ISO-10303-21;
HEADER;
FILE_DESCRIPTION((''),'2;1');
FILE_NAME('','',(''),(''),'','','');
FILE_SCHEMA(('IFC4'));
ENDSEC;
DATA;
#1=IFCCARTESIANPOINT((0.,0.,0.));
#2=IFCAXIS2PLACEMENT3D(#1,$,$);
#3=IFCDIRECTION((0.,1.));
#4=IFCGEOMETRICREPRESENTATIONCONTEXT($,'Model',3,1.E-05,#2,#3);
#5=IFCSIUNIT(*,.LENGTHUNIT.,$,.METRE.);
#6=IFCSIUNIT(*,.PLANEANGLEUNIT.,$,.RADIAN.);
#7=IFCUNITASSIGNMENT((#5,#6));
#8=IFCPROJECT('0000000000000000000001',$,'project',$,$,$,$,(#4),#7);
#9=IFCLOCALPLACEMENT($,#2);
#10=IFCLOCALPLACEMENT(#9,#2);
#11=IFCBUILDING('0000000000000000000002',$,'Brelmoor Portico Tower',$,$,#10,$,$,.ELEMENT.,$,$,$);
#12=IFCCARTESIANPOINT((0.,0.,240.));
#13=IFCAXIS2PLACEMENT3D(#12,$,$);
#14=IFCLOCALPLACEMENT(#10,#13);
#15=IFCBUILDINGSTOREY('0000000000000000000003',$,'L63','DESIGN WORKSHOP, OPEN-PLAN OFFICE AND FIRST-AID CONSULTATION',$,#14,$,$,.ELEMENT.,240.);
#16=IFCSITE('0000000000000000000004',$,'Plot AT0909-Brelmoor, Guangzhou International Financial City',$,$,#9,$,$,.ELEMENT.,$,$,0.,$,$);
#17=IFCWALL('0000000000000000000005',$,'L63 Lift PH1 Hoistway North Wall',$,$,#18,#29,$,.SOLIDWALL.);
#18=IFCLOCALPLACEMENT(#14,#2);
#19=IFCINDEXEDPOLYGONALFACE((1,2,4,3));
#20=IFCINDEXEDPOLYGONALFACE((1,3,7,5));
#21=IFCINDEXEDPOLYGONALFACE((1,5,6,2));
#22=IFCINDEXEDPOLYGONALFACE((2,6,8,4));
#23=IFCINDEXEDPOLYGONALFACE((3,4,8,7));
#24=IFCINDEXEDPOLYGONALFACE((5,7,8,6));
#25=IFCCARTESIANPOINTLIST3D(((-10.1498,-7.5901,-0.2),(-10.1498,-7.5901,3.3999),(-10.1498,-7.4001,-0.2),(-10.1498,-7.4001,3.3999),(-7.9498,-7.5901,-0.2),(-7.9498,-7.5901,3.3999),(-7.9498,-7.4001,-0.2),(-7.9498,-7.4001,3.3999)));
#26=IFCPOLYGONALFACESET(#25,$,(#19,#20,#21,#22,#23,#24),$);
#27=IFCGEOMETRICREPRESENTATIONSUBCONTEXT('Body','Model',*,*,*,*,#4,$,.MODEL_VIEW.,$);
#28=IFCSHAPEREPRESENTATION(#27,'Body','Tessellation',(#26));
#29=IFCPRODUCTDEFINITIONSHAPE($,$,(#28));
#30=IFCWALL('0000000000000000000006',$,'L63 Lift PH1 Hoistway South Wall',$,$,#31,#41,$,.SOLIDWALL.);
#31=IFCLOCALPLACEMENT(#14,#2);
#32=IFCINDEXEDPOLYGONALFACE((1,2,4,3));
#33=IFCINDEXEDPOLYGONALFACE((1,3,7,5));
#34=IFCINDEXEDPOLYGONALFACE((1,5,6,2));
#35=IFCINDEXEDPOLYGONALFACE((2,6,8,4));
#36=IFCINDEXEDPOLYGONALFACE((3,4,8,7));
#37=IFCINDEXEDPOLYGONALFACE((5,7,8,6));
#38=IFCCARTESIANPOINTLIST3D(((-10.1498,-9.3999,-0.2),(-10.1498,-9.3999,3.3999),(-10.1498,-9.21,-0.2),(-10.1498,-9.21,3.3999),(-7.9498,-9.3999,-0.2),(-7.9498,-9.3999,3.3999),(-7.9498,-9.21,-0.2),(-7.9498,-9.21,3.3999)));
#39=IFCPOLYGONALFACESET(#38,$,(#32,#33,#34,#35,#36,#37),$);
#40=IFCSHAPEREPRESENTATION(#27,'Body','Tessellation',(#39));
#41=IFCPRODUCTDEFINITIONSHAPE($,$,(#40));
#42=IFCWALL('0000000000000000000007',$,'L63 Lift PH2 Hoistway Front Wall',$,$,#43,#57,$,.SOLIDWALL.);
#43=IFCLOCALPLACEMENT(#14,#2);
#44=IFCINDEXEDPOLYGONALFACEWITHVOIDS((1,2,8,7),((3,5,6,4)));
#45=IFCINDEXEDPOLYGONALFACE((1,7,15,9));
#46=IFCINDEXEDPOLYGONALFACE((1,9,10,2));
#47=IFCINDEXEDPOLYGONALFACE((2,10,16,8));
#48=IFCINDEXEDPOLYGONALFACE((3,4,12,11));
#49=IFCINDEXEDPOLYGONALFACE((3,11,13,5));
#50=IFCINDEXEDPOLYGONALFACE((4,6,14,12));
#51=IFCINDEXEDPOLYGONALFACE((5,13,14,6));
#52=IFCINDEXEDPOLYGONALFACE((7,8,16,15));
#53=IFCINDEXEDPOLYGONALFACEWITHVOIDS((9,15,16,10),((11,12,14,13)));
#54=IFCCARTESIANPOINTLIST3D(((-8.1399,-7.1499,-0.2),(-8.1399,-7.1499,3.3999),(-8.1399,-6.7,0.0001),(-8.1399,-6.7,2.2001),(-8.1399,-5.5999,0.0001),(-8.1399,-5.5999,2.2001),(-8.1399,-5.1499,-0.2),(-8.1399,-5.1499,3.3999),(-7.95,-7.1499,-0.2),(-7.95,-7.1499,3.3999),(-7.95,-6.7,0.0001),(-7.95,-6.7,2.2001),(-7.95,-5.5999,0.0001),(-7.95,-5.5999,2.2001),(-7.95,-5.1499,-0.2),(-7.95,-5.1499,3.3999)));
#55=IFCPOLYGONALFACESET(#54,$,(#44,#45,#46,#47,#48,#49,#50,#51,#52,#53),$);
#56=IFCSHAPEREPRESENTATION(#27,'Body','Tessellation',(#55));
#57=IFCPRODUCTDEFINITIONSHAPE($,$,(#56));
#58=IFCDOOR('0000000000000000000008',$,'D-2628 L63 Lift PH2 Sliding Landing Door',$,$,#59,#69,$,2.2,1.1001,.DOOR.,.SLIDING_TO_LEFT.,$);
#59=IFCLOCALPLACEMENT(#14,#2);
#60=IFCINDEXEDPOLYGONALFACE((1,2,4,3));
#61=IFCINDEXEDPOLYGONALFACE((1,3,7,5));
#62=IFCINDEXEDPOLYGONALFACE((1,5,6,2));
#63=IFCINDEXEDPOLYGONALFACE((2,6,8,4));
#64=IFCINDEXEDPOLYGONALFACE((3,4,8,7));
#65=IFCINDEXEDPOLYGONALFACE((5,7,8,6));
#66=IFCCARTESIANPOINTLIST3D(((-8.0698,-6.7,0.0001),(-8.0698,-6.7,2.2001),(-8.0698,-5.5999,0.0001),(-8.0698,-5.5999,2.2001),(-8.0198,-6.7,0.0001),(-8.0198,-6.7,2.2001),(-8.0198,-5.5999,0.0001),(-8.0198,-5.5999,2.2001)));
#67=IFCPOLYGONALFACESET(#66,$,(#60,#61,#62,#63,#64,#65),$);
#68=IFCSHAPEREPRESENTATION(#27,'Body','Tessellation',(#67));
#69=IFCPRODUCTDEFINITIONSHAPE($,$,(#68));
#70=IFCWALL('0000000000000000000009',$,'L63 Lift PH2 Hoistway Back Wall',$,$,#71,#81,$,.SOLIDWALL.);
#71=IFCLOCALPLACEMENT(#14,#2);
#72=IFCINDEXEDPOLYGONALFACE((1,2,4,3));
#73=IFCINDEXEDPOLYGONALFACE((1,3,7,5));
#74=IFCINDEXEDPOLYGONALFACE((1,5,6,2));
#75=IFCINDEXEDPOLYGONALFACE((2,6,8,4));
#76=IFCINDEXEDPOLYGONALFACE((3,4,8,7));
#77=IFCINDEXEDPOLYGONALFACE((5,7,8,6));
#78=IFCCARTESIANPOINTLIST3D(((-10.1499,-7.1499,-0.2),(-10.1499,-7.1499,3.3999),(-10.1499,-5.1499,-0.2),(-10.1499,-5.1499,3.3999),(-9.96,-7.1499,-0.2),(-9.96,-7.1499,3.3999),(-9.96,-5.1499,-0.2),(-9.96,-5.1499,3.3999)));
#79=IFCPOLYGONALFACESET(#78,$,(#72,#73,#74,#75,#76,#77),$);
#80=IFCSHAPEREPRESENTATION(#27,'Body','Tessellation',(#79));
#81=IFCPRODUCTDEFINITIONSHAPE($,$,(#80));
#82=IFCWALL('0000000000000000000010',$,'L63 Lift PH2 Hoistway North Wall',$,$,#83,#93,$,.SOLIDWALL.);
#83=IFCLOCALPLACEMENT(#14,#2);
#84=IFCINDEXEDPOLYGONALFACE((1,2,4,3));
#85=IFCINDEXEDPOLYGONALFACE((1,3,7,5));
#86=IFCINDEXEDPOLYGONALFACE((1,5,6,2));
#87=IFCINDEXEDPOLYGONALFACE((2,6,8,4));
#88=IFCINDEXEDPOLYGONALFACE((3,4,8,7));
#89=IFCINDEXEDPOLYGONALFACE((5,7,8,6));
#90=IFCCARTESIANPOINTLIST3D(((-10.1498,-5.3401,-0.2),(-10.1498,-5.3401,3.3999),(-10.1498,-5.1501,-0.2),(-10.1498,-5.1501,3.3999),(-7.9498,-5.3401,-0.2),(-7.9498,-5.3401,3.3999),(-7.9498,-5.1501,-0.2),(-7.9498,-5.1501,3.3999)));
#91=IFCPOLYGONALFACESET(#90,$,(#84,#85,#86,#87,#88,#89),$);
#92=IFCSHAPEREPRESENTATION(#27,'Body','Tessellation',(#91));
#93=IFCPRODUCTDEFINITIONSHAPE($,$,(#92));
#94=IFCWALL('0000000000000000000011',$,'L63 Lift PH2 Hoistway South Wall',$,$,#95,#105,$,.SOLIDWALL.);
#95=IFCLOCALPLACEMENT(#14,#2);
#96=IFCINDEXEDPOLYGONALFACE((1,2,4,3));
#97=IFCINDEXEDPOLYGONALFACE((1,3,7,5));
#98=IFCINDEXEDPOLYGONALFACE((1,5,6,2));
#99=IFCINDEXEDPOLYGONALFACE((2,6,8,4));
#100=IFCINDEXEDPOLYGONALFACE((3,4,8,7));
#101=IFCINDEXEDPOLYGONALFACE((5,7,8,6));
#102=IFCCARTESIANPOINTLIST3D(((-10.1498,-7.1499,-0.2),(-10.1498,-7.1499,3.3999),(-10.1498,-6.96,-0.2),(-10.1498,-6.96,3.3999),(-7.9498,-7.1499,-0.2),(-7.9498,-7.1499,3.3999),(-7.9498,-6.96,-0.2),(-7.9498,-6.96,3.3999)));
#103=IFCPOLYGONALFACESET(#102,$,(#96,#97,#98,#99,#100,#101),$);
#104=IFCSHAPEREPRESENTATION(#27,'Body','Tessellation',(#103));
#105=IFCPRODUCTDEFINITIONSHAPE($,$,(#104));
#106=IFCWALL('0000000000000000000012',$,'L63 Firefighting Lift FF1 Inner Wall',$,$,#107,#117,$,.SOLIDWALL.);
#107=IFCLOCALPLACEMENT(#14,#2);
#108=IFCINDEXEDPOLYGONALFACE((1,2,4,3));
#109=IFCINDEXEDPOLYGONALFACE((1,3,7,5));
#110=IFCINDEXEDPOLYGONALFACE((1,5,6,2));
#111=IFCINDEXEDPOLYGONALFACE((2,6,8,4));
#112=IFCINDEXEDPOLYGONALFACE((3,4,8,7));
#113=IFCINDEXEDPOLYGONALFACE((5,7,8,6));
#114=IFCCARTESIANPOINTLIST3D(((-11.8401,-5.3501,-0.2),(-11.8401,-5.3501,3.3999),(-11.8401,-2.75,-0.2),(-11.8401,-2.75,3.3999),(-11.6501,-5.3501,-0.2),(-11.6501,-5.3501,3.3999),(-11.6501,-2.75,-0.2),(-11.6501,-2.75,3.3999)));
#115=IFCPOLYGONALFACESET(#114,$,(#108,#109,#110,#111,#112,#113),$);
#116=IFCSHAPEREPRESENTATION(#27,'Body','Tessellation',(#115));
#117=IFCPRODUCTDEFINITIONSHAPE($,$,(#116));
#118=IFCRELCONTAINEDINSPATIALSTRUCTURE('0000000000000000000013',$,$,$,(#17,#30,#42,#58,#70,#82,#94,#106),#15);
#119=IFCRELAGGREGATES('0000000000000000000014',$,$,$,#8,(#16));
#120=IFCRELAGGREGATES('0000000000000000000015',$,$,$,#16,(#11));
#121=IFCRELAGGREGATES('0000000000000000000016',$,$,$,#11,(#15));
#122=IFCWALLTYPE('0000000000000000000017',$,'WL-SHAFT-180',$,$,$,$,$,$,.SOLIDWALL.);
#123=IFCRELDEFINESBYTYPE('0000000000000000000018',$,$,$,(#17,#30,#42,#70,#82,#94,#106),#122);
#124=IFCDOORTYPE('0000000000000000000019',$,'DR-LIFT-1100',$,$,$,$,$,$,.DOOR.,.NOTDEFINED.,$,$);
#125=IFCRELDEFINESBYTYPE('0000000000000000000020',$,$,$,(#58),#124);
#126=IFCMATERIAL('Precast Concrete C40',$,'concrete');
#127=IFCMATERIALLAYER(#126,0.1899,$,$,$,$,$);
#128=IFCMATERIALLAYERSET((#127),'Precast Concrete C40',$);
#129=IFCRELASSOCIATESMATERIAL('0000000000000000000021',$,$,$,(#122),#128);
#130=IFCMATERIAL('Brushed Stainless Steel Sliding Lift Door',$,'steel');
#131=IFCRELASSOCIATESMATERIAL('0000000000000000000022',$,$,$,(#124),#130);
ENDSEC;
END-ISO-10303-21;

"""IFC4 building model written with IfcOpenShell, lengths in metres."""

from ifc_helpers import new_model, si_unit, direction, frame, frame_2d, origin, place, context, subcontext, project, spatial, rectangle, extrude, material, layer, layer_set, type_object, element, fill, save


model = new_model("IFC4")

# Units and contexts
model_context = context("Model", 3, precision=1e-05, world=origin(), true_north=direction((0.0, 1.0)))
body_context = subcontext(model_context, "Body", "Model", "MODEL_VIEW")
ifc_project = project(units=[si_unit("LENGTHUNIT", "METRE"), si_unit("PLANEANGLEUNIT", "RADIAN")], contexts=[model_context])

# Site, building, storey
site_placement = place(None, origin())
site = spatial("IfcSite", under=ifc_project, at=site_placement, Name="Plot AT0909-Brelmoor, Guangzhou International Financial City", CompositionType="ELEMENT", RefElevation=0.0)
building_placement = place(site_placement, origin())
building = spatial("IfcBuilding", under=site, at=building_placement, Name="Brelmoor Portico Tower", CompositionType="ELEMENT")
storey_placement = place(building_placement, frame((0.0, 0.0, 240.0)))
storey = spatial("IfcBuildingStorey", under=building, at=storey_placement, Name="L63", Description="DESIGN WORKSHOP, OPEN-PLAN OFFICE AND FIRST-AID CONSULTATION", CompositionType="ELEMENT", Elevation=240.0)

# Walls
ifc_material_1 = material(Name="Precast Concrete C40", Category="concrete")
ifc_layer_1 = layer(ifc_material_1, 0.1899)
ifc_layer_set_1 = layer_set([ifc_layer_1], Name="Precast Concrete C40")
wall_type_1 = type_object("IfcWallType", Name="WL-SHAFT-180", PredefinedType="SOLIDWALL", material=ifc_layer_set_1)
for number, where, z_axis, x_axis, name in (
    (1, (-10.1499, -7.4951, -0.2), (0.0, 0.0, 1.0), (1.0, 0.0, 0.0), "L63 Lift PH1 Hoistway North Wall"),
    (2, (-10.1499, -9.3049, -0.2), (0.0, 0.0, 1.0), (1.0, 0.0, 0.0), "L63 Lift PH1 Hoistway South Wall"),
):
    element("IfcWall", number, at=place(storey_placement, frame(where, z_axis=z_axis, x_axis=x_axis)), inside=storey, type_object=wall_type_1, Name=name, PredefinedType="SOLIDWALL", context=body_context, shape_type="SweptSolid", body=[
        extrude(rectangle(XDim=2.2, YDim=0.1899, at=frame_2d((1.1001, 0.0))), origin(), (0.0, 0.0, 1.0), 3.5999),
    ])

# Wall, opening, door
wall_1_placement = place(storey_placement, frame((-8.0449, -7.1499, -0.2), z_axis=(0.0, 0.0, 1.0), x_axis=(0.0, 1.0, 0.0)))
wall_1 = element("IfcWall", 3, at=wall_1_placement, inside=storey, type_object=wall_type_1, Name="L63 Lift PH2 Hoistway Front Wall", PredefinedType="SOLIDWALL", context=body_context, shape_type="SweptSolid", body=[
    extrude(rectangle(XDim=2.0, YDim=0.1899, at=frame_2d((1.0, 0.0))), origin(), (0.0, 0.0, 1.0), 3.5999),
])
opening_1_placement = place(wall_1_placement, frame((0.45, 0.0, 0.2)))
opening_1 = element("IfcOpeningElement", 4, at=opening_1_placement, cuts=wall_1, PredefinedType="OPENING", context=body_context, shape_type="SweptSolid", body=[
    extrude(rectangle(XDim=1.1001, YDim=2.2, at=frame_2d((0.55, 1.1001))), frame((0.0, 0.105, 0.0), z_axis=(0.0, -1.0, 0.0), x_axis=(1.0, 0.0, 0.0)), (0.0, 0.0, 1.0), 0.21),
])
ifc_material_2 = material(Name="Brushed Stainless Steel Sliding Lift Door", Category="steel")
door_type_1 = type_object("IfcDoorType", Name="DR-LIFT-1100", OperationType="NOTDEFINED", PredefinedType="DOOR", material=ifc_material_2)
door_1_placement = place(opening_1_placement, origin())
door_1 = element("IfcDoor", 5, at=door_1_placement, inside=storey, type_object=door_type_1, Name="D-2628 L63 Lift PH2 Sliding Landing Door", OperationType="SLIDING_TO_LEFT", OverallHeight=2.2, OverallWidth=1.1001, PredefinedType="DOOR", context=body_context, shape_type="SweptSolid", body=[
    extrude(rectangle(XDim=1.1001, YDim=2.2, at=frame_2d((0.55, 1.1001))), frame((0.0, 0.0249, 0.0), z_axis=(0.0, -1.0, 0.0), x_axis=(1.0, 0.0, 0.0)), (0.0, 0.0, 1.0), 0.05),
])
fill(opening_1, door_1)

# Walls
wall_2_placement = place(storey_placement, frame((-10.0549, -7.1499, -0.2), z_axis=(0.0, 0.0, 1.0), x_axis=(0.0, 1.0, 0.0)))
element("IfcWall", 6, at=wall_2_placement, inside=storey, type_object=wall_type_1, Name="L63 Lift PH2 Hoistway Back Wall", PredefinedType="SOLIDWALL", context=body_context, shape_type="SweptSolid", body=[
    extrude(rectangle(XDim=2.0, YDim=0.1899, at=frame_2d((1.0, 0.0))), origin(), (0.0, 0.0, 1.0), 3.5999),
])
for number, where, z_axis, x_axis, name in (
    (7, (-10.1499, -5.2451, -0.2), (0.0, 0.0, 1.0), (1.0, 0.0, 0.0), "L63 Lift PH2 Hoistway North Wall"),
    (8, (-10.1499, -7.0549, -0.2), (0.0, 0.0, 1.0), (1.0, 0.0, 0.0), "L63 Lift PH2 Hoistway South Wall"),
):
    element("IfcWall", number, at=place(storey_placement, frame(where, z_axis=z_axis, x_axis=x_axis)), inside=storey, type_object=wall_type_1, Name=name, PredefinedType="SOLIDWALL", context=body_context, shape_type="SweptSolid", body=[
        extrude(rectangle(XDim=2.2, YDim=0.1899, at=frame_2d((1.1001, 0.0))), origin(), (0.0, 0.0, 1.0), 3.5999),
    ])
wall_3_placement = place(storey_placement, frame((-11.7451, -5.3501, -0.2), z_axis=(0.0, 0.0, 1.0), x_axis=(0.0, 1.0, 0.0)))
element("IfcWall", 9, at=wall_3_placement, inside=storey, type_object=wall_type_1, Name="L63 Firefighting Lift FF1 Inner Wall", PredefinedType="SOLIDWALL", context=body_context, shape_type="SweptSolid", body=[
    extrude(rectangle(XDim=2.6001, YDim=0.1899, at=frame_2d((1.3, 0.0))), origin(), (0.0, 0.0, 1.0), 3.5999),
])

save(model, "model.ifc")
